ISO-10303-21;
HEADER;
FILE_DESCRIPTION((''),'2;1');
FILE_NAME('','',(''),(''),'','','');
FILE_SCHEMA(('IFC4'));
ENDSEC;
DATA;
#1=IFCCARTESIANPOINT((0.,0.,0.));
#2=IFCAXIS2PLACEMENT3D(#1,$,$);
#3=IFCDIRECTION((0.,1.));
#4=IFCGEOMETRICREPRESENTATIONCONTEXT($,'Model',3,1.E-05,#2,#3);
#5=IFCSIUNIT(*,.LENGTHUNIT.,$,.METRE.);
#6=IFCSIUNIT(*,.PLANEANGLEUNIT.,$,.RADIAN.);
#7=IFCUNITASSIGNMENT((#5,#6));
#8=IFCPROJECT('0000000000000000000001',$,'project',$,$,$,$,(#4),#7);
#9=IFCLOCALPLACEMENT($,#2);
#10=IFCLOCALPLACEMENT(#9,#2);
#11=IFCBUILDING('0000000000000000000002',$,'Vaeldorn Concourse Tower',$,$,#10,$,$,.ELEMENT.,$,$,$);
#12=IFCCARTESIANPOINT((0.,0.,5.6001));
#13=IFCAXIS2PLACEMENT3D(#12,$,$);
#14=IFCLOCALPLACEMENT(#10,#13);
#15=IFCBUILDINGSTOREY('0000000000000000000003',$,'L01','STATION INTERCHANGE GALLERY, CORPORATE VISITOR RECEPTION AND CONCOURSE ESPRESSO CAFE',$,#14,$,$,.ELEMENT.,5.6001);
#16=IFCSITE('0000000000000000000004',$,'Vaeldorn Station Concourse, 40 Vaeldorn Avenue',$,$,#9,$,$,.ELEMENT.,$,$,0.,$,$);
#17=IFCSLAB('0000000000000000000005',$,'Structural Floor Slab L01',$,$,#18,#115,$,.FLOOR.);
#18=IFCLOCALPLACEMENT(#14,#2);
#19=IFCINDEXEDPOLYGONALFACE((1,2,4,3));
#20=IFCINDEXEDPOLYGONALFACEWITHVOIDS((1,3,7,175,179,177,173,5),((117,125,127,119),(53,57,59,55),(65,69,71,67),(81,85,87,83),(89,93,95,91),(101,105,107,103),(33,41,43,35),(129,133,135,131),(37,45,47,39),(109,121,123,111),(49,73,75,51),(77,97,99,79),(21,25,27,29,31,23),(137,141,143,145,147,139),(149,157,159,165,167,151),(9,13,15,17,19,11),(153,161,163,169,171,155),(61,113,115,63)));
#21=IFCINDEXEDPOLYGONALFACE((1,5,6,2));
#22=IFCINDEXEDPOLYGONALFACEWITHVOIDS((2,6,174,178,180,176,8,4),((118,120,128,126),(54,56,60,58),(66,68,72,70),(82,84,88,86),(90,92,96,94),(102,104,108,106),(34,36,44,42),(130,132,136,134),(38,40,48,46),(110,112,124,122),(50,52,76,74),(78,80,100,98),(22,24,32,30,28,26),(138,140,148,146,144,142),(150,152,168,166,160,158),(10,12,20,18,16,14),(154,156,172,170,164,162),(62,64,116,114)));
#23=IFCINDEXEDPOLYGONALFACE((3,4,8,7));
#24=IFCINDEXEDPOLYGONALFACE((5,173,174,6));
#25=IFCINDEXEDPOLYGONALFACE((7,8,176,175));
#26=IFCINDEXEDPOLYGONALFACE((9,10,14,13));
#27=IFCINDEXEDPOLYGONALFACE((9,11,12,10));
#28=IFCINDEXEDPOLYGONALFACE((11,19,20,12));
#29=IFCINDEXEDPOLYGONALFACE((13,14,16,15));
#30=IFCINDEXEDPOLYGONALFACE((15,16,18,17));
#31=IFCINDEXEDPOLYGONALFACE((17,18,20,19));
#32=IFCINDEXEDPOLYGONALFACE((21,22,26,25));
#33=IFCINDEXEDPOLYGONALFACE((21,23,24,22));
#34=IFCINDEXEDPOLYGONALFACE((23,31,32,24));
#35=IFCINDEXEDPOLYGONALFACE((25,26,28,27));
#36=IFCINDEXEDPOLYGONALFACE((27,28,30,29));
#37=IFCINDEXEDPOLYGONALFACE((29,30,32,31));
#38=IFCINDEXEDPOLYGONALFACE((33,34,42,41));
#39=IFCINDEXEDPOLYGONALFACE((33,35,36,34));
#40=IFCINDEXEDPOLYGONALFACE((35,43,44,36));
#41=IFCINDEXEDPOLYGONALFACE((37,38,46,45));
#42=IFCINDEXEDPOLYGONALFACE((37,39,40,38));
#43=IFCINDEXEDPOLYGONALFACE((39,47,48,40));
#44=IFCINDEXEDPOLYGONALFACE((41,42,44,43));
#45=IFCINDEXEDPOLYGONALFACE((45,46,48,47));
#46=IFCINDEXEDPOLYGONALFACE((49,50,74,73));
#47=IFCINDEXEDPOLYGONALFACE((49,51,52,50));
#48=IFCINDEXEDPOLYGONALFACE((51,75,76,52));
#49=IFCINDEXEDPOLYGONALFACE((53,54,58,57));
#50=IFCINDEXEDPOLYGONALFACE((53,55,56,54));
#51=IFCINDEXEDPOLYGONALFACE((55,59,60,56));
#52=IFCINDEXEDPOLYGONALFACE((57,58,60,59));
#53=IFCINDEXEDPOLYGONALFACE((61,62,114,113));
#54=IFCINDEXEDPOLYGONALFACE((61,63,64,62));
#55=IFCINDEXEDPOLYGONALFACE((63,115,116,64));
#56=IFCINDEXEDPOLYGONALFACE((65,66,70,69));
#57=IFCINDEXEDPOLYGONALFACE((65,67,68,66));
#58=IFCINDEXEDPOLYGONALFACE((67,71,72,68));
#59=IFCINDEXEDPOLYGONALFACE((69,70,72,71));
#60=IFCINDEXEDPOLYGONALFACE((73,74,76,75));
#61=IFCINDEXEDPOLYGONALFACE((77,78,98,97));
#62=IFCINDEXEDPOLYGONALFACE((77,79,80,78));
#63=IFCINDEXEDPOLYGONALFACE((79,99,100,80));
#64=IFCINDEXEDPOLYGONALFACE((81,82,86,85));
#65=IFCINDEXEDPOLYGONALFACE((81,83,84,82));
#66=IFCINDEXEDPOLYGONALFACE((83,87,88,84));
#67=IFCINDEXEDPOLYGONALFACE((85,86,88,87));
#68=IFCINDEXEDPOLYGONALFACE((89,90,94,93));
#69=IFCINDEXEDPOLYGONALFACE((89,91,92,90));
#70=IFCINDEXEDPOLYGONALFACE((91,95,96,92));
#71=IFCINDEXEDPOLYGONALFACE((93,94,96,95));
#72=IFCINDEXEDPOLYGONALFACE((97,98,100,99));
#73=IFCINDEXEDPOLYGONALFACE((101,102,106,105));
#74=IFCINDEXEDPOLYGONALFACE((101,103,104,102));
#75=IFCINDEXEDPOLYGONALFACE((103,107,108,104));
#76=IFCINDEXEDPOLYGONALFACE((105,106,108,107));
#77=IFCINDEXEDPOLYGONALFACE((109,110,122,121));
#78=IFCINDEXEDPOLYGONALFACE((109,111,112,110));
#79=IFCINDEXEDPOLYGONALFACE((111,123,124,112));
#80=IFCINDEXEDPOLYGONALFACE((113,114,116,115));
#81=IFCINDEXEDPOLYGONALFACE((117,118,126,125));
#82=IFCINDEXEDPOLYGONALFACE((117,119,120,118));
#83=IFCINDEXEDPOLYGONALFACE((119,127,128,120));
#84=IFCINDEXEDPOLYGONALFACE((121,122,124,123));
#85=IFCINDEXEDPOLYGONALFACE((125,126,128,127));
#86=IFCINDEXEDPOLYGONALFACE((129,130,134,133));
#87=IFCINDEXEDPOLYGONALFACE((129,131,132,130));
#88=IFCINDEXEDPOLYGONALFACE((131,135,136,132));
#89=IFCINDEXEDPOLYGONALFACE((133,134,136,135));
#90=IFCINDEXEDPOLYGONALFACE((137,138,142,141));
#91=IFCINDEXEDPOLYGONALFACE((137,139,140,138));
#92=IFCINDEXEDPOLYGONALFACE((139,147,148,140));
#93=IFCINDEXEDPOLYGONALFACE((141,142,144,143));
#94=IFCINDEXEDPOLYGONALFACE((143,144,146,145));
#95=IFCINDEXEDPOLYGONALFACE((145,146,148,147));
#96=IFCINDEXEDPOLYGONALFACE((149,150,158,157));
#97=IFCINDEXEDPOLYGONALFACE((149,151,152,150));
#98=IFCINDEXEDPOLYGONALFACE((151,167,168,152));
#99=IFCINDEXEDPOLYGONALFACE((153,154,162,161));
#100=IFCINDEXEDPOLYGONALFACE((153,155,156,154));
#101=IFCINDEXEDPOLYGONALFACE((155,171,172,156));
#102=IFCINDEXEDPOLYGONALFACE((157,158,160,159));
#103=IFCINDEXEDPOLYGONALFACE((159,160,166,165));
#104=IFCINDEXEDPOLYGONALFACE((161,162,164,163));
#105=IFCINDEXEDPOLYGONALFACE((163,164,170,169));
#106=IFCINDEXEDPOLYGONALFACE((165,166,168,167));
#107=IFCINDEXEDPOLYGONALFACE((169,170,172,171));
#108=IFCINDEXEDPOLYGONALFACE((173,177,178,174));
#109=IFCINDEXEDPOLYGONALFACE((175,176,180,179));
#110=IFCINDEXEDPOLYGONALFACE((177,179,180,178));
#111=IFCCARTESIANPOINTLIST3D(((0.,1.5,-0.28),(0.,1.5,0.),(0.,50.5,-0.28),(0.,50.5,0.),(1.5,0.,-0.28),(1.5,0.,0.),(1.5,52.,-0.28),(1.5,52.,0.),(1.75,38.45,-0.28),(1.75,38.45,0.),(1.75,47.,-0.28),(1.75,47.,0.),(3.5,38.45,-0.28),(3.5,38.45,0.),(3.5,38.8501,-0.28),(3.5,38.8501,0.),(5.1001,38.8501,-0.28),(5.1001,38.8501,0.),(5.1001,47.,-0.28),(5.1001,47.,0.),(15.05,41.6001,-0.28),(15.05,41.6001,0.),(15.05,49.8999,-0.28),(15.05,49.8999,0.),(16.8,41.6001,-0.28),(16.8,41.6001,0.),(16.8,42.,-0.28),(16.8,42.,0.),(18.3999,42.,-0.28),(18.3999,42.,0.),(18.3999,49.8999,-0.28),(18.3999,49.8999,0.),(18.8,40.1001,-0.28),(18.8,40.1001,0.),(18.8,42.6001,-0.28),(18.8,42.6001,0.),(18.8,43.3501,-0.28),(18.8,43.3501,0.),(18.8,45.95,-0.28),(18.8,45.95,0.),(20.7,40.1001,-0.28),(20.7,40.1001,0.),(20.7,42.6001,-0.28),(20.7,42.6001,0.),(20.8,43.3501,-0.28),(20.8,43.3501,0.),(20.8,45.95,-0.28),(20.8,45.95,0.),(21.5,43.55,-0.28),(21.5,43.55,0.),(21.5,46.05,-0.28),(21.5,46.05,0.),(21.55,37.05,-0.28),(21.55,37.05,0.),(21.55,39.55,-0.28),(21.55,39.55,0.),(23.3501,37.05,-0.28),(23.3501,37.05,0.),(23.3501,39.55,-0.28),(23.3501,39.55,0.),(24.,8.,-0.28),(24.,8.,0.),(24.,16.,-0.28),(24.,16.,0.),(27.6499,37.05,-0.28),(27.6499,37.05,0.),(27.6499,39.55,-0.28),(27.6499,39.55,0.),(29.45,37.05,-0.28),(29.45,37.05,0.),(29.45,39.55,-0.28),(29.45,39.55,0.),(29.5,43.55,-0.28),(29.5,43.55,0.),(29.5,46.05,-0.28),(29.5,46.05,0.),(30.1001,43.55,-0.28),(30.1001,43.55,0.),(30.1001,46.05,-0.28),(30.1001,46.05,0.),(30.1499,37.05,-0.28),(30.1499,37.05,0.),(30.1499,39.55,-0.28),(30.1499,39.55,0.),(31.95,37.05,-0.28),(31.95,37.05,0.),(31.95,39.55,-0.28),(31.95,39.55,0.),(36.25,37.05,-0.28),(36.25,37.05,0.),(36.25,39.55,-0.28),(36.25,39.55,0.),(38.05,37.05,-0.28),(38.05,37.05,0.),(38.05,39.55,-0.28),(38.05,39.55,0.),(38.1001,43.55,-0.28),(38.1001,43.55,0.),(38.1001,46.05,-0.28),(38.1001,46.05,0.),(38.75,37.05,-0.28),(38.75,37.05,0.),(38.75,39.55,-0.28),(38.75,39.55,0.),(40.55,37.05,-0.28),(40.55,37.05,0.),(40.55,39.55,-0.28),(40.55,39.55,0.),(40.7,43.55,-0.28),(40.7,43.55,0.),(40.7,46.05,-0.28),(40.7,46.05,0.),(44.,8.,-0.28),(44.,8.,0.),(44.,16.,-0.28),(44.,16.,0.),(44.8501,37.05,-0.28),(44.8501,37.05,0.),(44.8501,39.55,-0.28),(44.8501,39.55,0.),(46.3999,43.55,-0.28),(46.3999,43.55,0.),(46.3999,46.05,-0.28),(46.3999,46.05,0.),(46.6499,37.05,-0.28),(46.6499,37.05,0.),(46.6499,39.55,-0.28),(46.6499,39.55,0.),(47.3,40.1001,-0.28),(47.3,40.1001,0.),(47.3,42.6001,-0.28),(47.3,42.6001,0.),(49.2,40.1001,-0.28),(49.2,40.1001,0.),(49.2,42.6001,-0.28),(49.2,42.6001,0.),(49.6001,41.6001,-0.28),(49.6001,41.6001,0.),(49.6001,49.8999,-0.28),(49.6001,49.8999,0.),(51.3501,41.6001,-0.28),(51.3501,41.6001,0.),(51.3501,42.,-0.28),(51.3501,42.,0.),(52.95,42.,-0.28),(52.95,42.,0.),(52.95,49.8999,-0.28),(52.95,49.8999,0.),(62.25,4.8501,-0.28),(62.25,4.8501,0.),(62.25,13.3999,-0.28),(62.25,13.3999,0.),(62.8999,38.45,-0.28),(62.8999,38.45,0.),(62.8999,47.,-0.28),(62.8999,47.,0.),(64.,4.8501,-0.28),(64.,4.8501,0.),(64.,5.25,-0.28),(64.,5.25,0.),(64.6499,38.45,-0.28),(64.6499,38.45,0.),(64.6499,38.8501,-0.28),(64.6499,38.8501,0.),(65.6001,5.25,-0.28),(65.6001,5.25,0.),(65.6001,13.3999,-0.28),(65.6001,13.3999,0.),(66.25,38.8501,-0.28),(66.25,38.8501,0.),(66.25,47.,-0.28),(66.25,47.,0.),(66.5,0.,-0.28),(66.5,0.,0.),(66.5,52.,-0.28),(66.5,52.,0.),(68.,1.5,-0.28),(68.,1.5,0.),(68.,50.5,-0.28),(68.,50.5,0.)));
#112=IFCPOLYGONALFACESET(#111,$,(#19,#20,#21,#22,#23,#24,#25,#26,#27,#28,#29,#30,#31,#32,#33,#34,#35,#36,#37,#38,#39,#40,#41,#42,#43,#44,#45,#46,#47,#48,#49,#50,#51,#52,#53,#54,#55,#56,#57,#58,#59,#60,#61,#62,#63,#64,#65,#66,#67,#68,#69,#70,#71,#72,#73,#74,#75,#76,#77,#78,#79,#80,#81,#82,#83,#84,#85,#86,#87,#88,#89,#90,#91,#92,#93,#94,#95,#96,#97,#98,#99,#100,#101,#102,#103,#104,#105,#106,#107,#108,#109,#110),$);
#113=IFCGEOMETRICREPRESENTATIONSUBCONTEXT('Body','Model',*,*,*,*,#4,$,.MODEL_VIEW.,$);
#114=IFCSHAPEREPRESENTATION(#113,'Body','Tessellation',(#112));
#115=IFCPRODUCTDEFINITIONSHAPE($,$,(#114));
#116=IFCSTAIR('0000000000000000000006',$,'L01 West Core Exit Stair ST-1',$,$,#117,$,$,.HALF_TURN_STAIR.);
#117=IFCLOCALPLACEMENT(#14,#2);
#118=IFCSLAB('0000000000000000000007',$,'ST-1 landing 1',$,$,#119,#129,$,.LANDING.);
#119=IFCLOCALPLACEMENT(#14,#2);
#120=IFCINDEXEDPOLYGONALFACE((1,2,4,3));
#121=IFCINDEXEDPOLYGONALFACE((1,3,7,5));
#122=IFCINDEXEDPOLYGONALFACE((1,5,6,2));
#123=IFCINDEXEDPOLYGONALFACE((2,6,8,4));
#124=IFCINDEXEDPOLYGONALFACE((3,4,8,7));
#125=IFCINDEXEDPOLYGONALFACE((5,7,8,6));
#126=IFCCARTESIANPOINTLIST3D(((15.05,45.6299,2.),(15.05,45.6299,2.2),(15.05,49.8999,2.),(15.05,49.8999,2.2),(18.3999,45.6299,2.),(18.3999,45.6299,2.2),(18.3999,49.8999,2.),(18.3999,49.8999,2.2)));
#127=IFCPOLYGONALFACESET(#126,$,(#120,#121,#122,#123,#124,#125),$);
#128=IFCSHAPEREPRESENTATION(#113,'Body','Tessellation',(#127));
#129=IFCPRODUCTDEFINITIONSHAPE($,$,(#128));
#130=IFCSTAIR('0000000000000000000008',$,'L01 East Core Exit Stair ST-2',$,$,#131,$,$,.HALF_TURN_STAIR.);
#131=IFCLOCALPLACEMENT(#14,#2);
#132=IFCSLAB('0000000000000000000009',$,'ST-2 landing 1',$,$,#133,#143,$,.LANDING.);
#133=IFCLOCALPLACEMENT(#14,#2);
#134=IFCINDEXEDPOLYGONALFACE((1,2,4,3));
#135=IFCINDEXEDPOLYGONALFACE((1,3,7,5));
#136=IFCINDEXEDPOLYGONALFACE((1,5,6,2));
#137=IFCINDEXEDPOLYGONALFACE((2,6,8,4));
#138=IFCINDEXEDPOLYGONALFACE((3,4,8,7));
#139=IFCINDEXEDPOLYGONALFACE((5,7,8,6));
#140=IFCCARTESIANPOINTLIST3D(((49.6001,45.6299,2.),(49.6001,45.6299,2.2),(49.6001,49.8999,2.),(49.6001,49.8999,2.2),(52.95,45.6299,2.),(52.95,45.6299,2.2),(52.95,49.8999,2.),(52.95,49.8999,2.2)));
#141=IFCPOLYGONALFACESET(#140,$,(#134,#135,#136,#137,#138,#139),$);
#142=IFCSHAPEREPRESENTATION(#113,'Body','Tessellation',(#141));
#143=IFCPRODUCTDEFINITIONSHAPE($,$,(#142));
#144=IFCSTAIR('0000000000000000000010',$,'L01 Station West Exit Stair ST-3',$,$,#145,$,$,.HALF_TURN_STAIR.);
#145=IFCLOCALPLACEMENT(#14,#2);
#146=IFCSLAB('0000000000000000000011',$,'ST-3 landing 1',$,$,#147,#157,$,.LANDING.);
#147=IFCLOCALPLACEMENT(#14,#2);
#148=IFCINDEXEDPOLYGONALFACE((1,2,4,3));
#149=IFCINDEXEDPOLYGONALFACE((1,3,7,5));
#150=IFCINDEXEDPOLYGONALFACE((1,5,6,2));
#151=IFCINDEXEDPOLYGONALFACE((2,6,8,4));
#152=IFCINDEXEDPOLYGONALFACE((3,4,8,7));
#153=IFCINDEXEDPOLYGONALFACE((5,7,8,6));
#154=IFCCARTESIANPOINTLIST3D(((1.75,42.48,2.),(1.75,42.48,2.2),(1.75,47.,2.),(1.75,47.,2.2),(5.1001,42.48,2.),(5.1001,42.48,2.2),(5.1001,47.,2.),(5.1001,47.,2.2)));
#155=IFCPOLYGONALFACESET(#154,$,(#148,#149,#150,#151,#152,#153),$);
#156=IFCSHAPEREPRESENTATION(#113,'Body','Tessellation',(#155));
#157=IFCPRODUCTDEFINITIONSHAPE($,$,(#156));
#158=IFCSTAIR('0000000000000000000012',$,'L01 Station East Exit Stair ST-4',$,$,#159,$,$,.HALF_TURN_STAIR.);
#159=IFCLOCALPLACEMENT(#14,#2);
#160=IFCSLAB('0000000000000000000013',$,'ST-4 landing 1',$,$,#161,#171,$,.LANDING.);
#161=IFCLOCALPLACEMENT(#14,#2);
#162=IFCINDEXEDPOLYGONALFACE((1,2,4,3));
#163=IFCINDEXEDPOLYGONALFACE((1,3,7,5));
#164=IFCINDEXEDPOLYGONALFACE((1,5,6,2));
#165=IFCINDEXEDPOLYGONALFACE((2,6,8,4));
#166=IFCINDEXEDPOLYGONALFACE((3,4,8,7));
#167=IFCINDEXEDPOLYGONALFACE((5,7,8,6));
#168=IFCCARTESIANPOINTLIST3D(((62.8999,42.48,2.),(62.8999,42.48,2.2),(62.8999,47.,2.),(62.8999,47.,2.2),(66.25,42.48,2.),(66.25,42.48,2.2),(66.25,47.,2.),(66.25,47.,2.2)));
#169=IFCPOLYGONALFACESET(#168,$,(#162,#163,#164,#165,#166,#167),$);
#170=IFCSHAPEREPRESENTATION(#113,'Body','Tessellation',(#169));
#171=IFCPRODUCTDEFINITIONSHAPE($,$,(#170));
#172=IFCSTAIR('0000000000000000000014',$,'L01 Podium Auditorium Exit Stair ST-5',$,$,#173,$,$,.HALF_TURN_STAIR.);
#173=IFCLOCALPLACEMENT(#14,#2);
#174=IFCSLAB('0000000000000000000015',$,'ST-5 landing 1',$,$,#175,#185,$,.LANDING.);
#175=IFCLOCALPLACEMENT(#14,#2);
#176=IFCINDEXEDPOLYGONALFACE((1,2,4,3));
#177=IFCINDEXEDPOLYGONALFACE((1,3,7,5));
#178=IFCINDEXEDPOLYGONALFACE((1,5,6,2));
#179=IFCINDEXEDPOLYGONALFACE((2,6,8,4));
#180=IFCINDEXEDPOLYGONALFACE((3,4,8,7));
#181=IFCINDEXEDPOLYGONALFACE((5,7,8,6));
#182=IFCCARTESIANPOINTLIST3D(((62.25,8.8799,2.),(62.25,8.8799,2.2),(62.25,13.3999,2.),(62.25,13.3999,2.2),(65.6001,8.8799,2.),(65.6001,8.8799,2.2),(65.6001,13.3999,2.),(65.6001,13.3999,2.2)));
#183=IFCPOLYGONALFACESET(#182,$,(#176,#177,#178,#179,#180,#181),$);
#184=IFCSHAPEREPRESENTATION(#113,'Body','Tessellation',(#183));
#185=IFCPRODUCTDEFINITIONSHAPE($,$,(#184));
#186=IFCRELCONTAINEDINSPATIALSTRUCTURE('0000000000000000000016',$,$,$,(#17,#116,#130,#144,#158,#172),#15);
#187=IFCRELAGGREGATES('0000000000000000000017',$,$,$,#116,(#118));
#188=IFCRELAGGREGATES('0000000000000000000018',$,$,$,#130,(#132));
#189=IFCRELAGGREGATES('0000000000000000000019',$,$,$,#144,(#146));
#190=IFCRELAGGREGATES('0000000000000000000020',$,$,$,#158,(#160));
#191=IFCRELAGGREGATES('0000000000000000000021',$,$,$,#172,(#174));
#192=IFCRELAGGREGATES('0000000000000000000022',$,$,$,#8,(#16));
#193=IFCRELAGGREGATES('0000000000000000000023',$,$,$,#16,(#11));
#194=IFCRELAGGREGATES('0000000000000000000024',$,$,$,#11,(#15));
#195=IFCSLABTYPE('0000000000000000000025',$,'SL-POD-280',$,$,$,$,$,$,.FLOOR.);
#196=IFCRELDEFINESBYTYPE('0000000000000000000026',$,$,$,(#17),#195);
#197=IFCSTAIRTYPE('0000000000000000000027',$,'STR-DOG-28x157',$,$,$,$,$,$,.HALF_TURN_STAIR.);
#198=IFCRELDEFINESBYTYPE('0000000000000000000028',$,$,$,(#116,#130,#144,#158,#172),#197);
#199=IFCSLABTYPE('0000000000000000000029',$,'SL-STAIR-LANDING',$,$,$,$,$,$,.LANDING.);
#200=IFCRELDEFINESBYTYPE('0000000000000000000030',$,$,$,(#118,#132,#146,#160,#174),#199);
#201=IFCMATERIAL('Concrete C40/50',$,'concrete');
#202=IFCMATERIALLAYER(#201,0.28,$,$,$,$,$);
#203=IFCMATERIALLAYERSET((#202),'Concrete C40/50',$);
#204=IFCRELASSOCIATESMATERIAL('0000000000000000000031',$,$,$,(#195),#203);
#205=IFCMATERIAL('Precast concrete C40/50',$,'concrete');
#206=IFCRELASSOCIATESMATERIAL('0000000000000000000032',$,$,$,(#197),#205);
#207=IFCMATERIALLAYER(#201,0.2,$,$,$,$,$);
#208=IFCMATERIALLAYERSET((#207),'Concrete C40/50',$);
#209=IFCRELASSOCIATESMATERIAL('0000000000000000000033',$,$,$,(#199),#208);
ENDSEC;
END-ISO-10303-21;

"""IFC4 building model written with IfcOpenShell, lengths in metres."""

from ifc_helpers import new_model, si_unit, direction, frame, origin, place, context, subcontext, project, spatial, polyline, outline, extrude, material, layer, layer_set, type_object, element, aggregate, save


model = new_model("IFC4")

# Units and contexts
model_context = context("Model", 3, precision=1e-05, world=origin(), true_north=direction((0.0, 1.0)))
body_context = subcontext(model_context, "Body", "Model", "MODEL_VIEW")
ifc_project = project(units=[si_unit("LENGTHUNIT", "METRE"), si_unit("PLANEANGLEUNIT", "RADIAN")], contexts=[model_context])

# Site, building, storey
site_placement = place(None, origin())
site = spatial("IfcSite", under=ifc_project, at=site_placement, Name="Vaeldorn Station Concourse, 40 Vaeldorn Avenue", CompositionType="ELEMENT", RefElevation=0.0)
building_placement = place(site_placement, origin())
building = spatial("IfcBuilding", under=site, at=building_placement, Name="Vaeldorn Concourse Tower", CompositionType="ELEMENT")
storey_placement = place(building_placement, frame((0.0, 0.0, 5.6001)))
storey = spatial("IfcBuildingStorey", under=building, at=storey_placement, Name="L01", Description="STATION INTERCHANGE GALLERY, CORPORATE VISITOR RECEPTION AND CONCOURSE ESPRESSO CAFE", CompositionType="ELEMENT", Elevation=5.6001)

# Slab
ifc_material_1 = material(Name="Concrete C40/50", Category="concrete")
ifc_layer_1 = layer(ifc_material_1, 0.28)
ifc_layer_set_1 = layer_set([ifc_layer_1], Name="Concrete C40/50")
slab_type_1 = type_object("IfcSlabType", Name="SL-POD-280", PredefinedType="FLOOR", material=ifc_layer_set_1)
slab_1_placement = place(storey_placement, frame((0.0, 0.0, -0.28)))
element("IfcSlab", 1, at=slab_1_placement, inside=storey, type_object=slab_type_1, Name="Structural Floor Slab L01", PredefinedType="FLOOR", context=body_context, shape_type="SweptSolid", body=[
    extrude(outline(polyline([(1.5, 0.0), (66.5, 0.0), (68.0, 1.5), (68.0, 50.5), (66.5, 52.0), (1.5, 52.0), (0.0, 50.5), (0.0, 1.5), (1.5, 0.0)]), holes=[polyline([(18.3999, 42.0), (18.3999, 49.8999), (15.05, 49.8999), (15.05, 41.6001), (16.8, 41.6001), (16.8, 42.0), (18.3999, 42.0)]), polyline([(52.95, 42.0), (52.95, 49.8999), (49.6001, 49.8999), (49.6001, 41.6001), (51.3501, 41.6001), (51.3501, 42.0), (52.95, 42.0)]), polyline([(5.1001, 38.8501), (5.1001, 47.0), (1.75, 47.0), (1.75, 38.45), (3.5, 38.45), (3.5, 38.8501), (5.1001, 38.8501)]), polyline([(66.25, 38.8501), (66.25, 47.0), (62.8999, 47.0), (62.8999, 38.45), (64.6499, 38.45), (64.6499, 38.8501), (66.25, 38.8501)]), polyline([(65.6001, 5.25), (65.6001, 13.3999), (62.25, 13.3999), (62.25, 4.8501), (64.0, 4.8501), (64.0, 5.25), (65.6001, 5.25)]), polyline([(21.55, 37.05), (23.3501, 37.05), (23.3501, 39.55), (21.55, 39.55), (21.55, 37.05)]), polyline([(27.6499, 37.05), (29.45, 37.05), (29.45, 39.55), (27.6499, 39.55), (27.6499, 37.05)]), polyline([(21.5, 43.55), (29.5, 43.55), (29.5, 46.05), (21.5, 46.05), (21.5, 43.55)]), polyline([(30.1499, 37.05), (31.95, 37.05), (31.95, 39.55), (30.1499, 39.55), (30.1499, 37.05)]), polyline([(36.25, 37.05), (38.05, 37.05), (38.05, 39.55), (36.25, 39.55), (36.25, 37.05)]), polyline([(30.1001, 43.55), (38.1001, 43.55), (38.1001, 46.05), (30.1001, 46.05), (30.1001, 43.55)]), polyline([(38.75, 37.05), (40.55, 37.05), (40.55, 39.55), (38.75, 39.55), (38.75, 37.05)]), polyline([(44.8501, 37.05), (46.6499, 37.05), (46.6499, 39.55), (44.8501, 39.55), (44.8501, 37.05)]), polyline([(40.7, 43.55), (46.3999, 43.55), (46.3999, 46.05), (40.7, 46.05), (40.7, 43.55)]), polyline([(18.8, 43.3501), (20.8, 43.3501), (20.8, 45.95), (18.8, 45.95), (18.8, 43.3501)]), polyline([(18.8, 40.1001), (20.7, 40.1001), (20.7, 42.6001), (18.8, 42.6001), (18.8, 40.1001)]), polyline([(47.3, 40.1001), (49.2, 40.1001), (49.2, 42.6001), (47.3, 42.6001), (47.3, 40.1001)]), polyline([(24.0, 8.0), (44.0, 8.0), (44.0, 16.0), (24.0, 16.0), (24.0, 8.0)])]), origin(), (0.0, 0.0, 1.0), 0.28),
])

# Stairs, slabs
ifc_material_2 = material(Name="Precast concrete C40/50", Category="concrete")
stair_type = type_object("IfcStairType", Name="STR-DOG-28x157", PredefinedType="HALF_TURN_STAIR", material=ifc_material_2)
stair_1_placement = place(storey_placement, origin())
stair_1 = element("IfcStair", 2, at=stair_1_placement, inside=storey, type_object=stair_type, Name="L01 West Core Exit Stair ST-1", PredefinedType="HALF_TURN_STAIR")
ifc_layer_2 = layer(ifc_material_1, 0.2)
ifc_layer_set_2 = layer_set([ifc_layer_2], Name="Concrete C40/50")
slab_type_2 = type_object("IfcSlabType", Name="SL-STAIR-LANDING", PredefinedType="LANDING", material=ifc_layer_set_2)
slab_2_placement = place(storey_placement, frame((0.0, 0.0, 2.0)))
slab_2 = element("IfcSlab", 3, at=slab_2_placement, type_object=slab_type_2, Name="ST-1 landing 1", PredefinedType="LANDING", context=body_context, shape_type="SweptSolid", body=[
    extrude(outline(polyline([(18.3999, 45.6299), (18.3999, 49.8999), (15.05, 49.8999), (15.05, 45.6299), (18.3999, 45.6299)])), origin(), (0.0, 0.0, 1.0), 0.2),
])
aggregate(stair_1, [slab_2])
stair_2_placement = place(storey_placement, origin())
stair_2 = element("IfcStair", 4, at=stair_2_placement, inside=storey, type_object=stair_type, Name="L01 East Core Exit Stair ST-2", PredefinedType="HALF_TURN_STAIR")
slab_3_placement = place(storey_placement, frame((0.0, 0.0, 2.0)))
slab_3 = element("IfcSlab", 5, at=slab_3_placement, type_object=slab_type_2, Name="ST-2 landing 1", PredefinedType="LANDING", context=body_context, shape_type="SweptSolid", body=[
    extrude(outline(polyline([(52.95, 45.6299), (52.95, 49.8999), (49.6001, 49.8999), (49.6001, 45.6299), (52.95, 45.6299)])), origin(), (0.0, 0.0, 1.0), 0.2),
])
aggregate(stair_2, [slab_3])
stair_3_placement = place(storey_placement, origin())
stair_3 = element("IfcStair", 6, at=stair_3_placement, inside=storey, type_object=stair_type, Name="L01 Station West Exit Stair ST-3", PredefinedType="HALF_TURN_STAIR")
slab_4_placement = place(storey_placement, frame((0.0, 0.0, 2.0)))
slab_4 = element("IfcSlab", 7, at=slab_4_placement, type_object=slab_type_2, Name="ST-3 landing 1", PredefinedType="LANDING", context=body_context, shape_type="SweptSolid", body=[
    extrude(outline(polyline([(5.1001, 42.48), (5.1001, 47.0), (1.75, 47.0), (1.75, 42.48), (5.1001, 42.48)])), origin(), (0.0, 0.0, 1.0), 0.2),
])
aggregate(stair_3, [slab_4])
stair_4_placement = place(storey_placement, origin())
stair_4 = element("IfcStair", 8, at=stair_4_placement, inside=storey, type_object=stair_type, Name="L01 Station East Exit Stair ST-4", PredefinedType="HALF_TURN_STAIR")
slab_5_placement = place(storey_placement, frame((0.0, 0.0, 2.0)))
slab_5 = element("IfcSlab", 9, at=slab_5_placement, type_object=slab_type_2, Name="ST-4 landing 1", PredefinedType="LANDING", context=body_context, shape_type="SweptSolid", body=[
    extrude(outline(polyline([(66.25, 42.48), (66.25, 47.0), (62.8999, 47.0), (62.8999, 42.48), (66.25, 42.48)])), origin(), (0.0, 0.0, 1.0), 0.2),
])
aggregate(stair_4, [slab_5])
stair_5_placement = place(storey_placement, origin())
stair_5 = element("IfcStair", 10, at=stair_5_placement, inside=storey, type_object=stair_type, Name="L01 Podium Auditorium Exit Stair ST-5", PredefinedType="HALF_TURN_STAIR")
slab_6_placement = place(storey_placement, frame((0.0, 0.0, 2.0)))
slab_6 = element("IfcSlab", 11, at=slab_6_placement, type_object=slab_type_2, Name="ST-5 landing 1", PredefinedType="LANDING", context=body_context, shape_type="SweptSolid", body=[
    extrude(outline(polyline([(65.6001, 8.8799), (65.6001, 13.3999), (62.25, 13.3999), (62.25, 8.8799), (65.6001, 8.8799)])), origin(), (0.0, 0.0, 1.0), 0.2),
])
aggregate(stair_5, [slab_6])

save(model, "model.ifc")
